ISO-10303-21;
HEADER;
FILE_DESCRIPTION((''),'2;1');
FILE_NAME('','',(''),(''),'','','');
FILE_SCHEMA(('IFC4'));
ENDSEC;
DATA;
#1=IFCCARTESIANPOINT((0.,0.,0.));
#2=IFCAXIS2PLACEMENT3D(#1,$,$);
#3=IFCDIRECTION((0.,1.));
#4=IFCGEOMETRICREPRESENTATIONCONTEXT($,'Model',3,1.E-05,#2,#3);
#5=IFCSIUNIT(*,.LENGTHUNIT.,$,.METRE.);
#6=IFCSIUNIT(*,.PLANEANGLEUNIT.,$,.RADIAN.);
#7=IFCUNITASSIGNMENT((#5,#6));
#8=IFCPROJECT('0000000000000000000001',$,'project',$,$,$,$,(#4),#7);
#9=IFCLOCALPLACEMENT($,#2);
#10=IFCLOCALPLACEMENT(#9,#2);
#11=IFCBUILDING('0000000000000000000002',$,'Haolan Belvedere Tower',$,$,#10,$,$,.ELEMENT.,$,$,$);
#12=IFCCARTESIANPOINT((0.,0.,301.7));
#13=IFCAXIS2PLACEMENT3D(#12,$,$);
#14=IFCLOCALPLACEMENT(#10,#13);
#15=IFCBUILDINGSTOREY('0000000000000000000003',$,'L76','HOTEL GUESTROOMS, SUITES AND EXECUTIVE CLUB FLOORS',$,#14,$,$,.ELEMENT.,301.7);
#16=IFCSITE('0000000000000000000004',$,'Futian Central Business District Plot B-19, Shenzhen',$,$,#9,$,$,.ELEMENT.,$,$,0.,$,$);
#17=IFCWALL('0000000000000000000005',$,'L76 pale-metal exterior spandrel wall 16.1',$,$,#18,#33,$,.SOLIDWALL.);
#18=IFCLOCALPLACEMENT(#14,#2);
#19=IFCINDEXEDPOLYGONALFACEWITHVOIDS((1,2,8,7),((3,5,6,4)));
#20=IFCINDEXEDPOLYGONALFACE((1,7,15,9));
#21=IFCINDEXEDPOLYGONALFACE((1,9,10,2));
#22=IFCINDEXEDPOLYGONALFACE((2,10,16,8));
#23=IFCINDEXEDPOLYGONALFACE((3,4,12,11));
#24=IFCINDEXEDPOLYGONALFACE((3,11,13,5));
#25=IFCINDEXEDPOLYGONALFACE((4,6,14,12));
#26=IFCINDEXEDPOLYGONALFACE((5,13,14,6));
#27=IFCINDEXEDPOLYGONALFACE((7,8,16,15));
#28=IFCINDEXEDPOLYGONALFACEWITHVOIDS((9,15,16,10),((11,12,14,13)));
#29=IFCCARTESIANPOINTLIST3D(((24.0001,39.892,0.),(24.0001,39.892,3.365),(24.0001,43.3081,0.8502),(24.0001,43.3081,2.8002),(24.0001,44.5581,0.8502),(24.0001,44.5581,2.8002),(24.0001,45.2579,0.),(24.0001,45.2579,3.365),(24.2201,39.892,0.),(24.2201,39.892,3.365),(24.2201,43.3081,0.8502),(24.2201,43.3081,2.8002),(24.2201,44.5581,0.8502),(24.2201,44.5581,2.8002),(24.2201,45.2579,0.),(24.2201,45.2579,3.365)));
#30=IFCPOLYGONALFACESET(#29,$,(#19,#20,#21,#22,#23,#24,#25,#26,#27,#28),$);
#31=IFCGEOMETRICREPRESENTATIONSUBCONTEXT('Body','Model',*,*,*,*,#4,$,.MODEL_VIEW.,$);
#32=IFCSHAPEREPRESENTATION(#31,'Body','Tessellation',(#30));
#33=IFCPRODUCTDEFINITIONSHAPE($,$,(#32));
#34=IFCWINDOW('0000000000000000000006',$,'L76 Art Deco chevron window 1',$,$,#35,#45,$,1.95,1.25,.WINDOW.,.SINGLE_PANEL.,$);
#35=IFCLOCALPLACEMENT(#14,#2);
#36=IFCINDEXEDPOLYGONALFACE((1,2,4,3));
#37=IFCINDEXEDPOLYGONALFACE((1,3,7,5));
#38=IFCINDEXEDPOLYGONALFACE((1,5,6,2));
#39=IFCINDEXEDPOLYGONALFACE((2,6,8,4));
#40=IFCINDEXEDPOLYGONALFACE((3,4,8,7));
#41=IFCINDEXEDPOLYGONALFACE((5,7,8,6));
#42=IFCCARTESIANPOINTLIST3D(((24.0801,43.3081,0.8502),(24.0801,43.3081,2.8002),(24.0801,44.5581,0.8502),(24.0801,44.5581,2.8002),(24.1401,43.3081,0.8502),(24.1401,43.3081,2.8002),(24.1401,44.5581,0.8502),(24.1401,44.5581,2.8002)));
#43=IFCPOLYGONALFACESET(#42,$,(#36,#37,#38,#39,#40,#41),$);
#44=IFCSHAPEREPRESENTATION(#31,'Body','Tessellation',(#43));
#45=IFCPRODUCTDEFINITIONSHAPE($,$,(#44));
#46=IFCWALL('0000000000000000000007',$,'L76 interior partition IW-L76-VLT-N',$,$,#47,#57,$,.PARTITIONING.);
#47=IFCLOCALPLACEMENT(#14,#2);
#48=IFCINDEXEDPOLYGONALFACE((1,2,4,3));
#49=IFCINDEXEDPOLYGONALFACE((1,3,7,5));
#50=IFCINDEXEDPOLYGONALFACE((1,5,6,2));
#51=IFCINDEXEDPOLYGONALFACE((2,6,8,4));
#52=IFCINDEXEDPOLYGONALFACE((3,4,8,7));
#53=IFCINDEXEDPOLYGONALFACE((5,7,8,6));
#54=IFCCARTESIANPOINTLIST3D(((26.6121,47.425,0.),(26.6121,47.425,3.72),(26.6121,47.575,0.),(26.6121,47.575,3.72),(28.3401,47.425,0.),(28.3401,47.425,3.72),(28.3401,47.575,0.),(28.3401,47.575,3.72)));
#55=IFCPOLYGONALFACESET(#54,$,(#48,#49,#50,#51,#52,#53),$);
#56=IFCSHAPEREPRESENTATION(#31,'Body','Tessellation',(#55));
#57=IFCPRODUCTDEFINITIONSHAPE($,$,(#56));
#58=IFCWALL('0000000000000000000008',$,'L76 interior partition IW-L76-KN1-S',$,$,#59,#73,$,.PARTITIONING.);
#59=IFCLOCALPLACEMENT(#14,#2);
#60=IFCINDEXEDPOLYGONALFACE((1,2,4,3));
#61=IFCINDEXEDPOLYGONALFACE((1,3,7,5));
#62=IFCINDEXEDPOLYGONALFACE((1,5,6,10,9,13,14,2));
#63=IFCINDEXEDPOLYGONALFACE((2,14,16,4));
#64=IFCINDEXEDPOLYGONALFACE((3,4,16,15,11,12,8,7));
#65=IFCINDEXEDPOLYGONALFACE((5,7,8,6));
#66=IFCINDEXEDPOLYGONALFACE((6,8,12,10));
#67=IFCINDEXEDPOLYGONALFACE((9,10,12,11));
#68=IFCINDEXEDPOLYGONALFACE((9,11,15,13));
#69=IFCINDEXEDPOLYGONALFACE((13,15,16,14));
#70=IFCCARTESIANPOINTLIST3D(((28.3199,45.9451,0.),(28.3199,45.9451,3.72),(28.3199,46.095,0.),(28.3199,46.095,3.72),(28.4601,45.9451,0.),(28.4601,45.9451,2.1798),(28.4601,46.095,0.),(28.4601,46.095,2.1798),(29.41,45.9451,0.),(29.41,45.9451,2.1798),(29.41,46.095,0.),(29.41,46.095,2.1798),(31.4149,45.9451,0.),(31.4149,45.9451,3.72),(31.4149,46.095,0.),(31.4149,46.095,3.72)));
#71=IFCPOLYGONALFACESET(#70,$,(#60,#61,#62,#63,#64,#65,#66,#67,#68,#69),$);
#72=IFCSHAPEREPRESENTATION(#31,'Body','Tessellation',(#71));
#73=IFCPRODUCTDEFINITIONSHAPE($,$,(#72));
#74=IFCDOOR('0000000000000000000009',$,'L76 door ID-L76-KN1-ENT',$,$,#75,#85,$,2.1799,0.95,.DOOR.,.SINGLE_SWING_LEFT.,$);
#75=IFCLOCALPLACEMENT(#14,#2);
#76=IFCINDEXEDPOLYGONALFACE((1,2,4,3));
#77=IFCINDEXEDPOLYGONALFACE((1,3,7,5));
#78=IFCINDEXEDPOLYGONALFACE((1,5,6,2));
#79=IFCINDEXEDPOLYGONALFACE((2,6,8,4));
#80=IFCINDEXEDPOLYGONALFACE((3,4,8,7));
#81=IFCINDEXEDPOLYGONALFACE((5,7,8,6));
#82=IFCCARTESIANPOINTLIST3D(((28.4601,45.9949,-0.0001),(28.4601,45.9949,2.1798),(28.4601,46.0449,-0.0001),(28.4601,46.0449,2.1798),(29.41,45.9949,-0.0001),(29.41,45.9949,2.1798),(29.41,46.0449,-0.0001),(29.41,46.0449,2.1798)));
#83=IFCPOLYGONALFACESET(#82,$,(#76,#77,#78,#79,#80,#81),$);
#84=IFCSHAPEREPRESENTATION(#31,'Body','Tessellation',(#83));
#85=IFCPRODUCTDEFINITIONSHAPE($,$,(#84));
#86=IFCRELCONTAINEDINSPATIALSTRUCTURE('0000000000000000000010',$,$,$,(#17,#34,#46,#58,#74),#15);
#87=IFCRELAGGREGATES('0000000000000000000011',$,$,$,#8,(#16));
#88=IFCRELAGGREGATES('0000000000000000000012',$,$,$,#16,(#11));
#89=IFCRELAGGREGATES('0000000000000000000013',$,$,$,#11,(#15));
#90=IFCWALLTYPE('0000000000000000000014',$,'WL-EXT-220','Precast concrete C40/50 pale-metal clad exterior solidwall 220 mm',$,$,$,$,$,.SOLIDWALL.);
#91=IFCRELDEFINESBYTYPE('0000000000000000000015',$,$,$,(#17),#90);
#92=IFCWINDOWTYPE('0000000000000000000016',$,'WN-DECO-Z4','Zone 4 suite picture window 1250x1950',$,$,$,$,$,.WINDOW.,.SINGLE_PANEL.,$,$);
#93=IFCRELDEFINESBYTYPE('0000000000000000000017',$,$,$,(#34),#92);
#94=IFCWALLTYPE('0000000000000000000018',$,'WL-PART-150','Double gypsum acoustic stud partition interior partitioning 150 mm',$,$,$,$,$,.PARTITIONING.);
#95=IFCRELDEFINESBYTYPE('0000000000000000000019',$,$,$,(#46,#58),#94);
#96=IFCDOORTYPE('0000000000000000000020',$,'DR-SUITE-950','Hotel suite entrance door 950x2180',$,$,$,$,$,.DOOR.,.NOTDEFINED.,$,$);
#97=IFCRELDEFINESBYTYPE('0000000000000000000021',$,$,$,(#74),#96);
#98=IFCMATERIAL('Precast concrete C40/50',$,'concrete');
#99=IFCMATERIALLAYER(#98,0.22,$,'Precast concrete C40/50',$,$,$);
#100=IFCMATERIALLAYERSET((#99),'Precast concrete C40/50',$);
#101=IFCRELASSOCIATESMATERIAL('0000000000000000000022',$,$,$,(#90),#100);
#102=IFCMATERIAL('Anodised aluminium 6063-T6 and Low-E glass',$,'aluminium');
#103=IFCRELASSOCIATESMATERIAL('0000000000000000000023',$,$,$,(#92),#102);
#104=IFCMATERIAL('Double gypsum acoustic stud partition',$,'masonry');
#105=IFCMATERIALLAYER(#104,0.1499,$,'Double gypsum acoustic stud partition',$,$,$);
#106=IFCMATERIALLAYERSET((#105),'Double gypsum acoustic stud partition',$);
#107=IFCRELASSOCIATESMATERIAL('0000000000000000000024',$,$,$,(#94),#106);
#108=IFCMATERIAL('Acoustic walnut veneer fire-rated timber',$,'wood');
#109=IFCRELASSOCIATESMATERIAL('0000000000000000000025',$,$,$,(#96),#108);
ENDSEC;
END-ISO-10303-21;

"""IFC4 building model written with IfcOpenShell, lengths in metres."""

from ifc_helpers import new_model, si_unit, direction, frame, frame_2d, origin, place, context, subcontext, project, spatial, rectangle, extrude, material, layer, layer_set, type_object, element, fill, save


model = new_model("IFC4")

# Units and contexts
model_context = context("Model", 3, precision=1e-05, world=origin(), true_north=direction((0.0, 1.0)))
body_context = subcontext(model_context, "Body", "Model", "MODEL_VIEW")
ifc_project = project(units=[si_unit("LENGTHUNIT", "METRE"), si_unit("PLANEANGLEUNIT", "RADIAN")], contexts=[model_context])

# Site, building, storey
site_placement = place(None, origin())
site = spatial("IfcSite", under=ifc_project, at=site_placement, Name="Futian Central Business District Plot B-19, Shenzhen", CompositionType="ELEMENT", RefElevation=0.0)
building_placement = place(site_placement, origin())
building = spatial("IfcBuilding", under=site, at=building_placement, Name="Haolan Belvedere Tower", CompositionType="ELEMENT")
storey_placement = place(building_placement, frame((0.0, 0.0, 301.7)))
storey = spatial("IfcBuildingStorey", under=building, at=storey_placement, Name="L76", Description="HOTEL GUESTROOMS, SUITES AND EXECUTIVE CLUB FLOORS", CompositionType="ELEMENT", Elevation=301.7)

# Shared definitions
ifc_material_1 = material(Name="Precast concrete C40/50", Category="concrete")
ifc_layer_1 = layer(ifc_material_1, 0.22, Name="Precast concrete C40/50")
ifc_layer_set_1 = layer_set([ifc_layer_1], Name="Precast concrete C40/50")
wall_type_1 = type_object("IfcWallType", Name="WL-EXT-220", Description="Precast concrete C40/50 pale-metal clad exterior solidwall 220 mm", PredefinedType="SOLIDWALL", material=ifc_layer_set_1)

# Wall, opening, window
wall_1_placement = place(storey_placement, frame((24.1101, 45.2581, 0.0), z_axis=(0.0, 0.0, 1.0), x_axis=(0.0, -1.0, 0.0)))
wall_1 = element("IfcWall", 1, at=wall_1_placement, inside=storey, type_object=wall_type_1, Name="L76 pale-metal exterior spandrel wall 16.1", PredefinedType="SOLIDWALL", context=body_context, shape_type="SweptSolid", body=[
    extrude(rectangle(XDim=5.366, YDim=0.22, at=frame_2d((2.6831, 0.0))), origin(), (0.0, 0.0, 1.0), 3.365),
])
opening_1_placement = place(wall_1_placement, frame((0.7, 0.0, 0.8501)))
opening_1 = element("IfcOpeningElement", 2, at=opening_1_placement, cuts=wall_1, PredefinedType="OPENING", context=body_context, shape_type="SweptSolid", body=[
    extrude(rectangle(XDim=1.25, YDim=1.95, at=frame_2d((0.625, 0.9751))), frame((0.0, 0.1199, 0.0), z_axis=(0.0, -1.0, 0.0), x_axis=(1.0, 0.0, 0.0)), (0.0, 0.0, 1.0), 0.24),
])
ifc_material_2 = material(Name="Anodised aluminium 6063-T6 and Low-E glass", Category="aluminium")
window_type = type_object("IfcWindowType", Name="WN-DECO-Z4", Description="Zone 4 suite picture window 1250x1950", PartitioningType="SINGLE_PANEL", PredefinedType="WINDOW", material=ifc_material_2)
window_placement = place(opening_1_placement, origin())
window = element("IfcWindow", 3, at=window_placement, inside=storey, type_object=window_type, Name="L76 Art Deco chevron window 1", OverallHeight=1.95, OverallWidth=1.25, PartitioningType="SINGLE_PANEL", PredefinedType="WINDOW", context=body_context, shape_type="SweptSolid", body=[
    extrude(rectangle(XDim=1.25, YDim=1.95, at=frame_2d((0.625, 0.9751))), frame((0.0, 0.03, 0.0), z_axis=(0.0, -1.0, 0.0), x_axis=(1.0, 0.0, 0.0)), (0.0, 0.0, 1.0), 0.0601),
])
fill(opening_1, window)

# Wall
ifc_material_3 = material(Name="Double gypsum acoustic stud partition", Category="masonry")
ifc_layer_2 = layer(ifc_material_3, 0.1499, Name="Double gypsum acoustic stud partition")
ifc_layer_set_2 = layer_set([ifc_layer_2], Name="Double gypsum acoustic stud partition")
wall_type_2 = type_object("IfcWallType", Name="WL-PART-150", Description="Double gypsum acoustic stud partition interior partitioning 150 mm", PredefinedType="PARTITIONING", material=ifc_layer_set_2)
wall_2_placement = place(storey_placement, frame((26.6121, 47.5, 0.0), z_axis=(0.0, 0.0, 1.0), x_axis=(1.0, 0.0, 0.0)))
element("IfcWall", 4, at=wall_2_placement, inside=storey, type_object=wall_type_2, Name="L76 interior partition IW-L76-VLT-N", PredefinedType="PARTITIONING", context=body_context, shape_type="SweptSolid", body=[
    extrude(rectangle(XDim=1.728, YDim=0.1499, at=frame_2d((0.864, 0.0))), origin(), (0.0, 0.0, 1.0), 3.72),
])

# Wall, opening, door
wall_3_placement = place(storey_placement, frame((28.3201, 46.02, 0.0), z_axis=(0.0, 0.0, 1.0), x_axis=(1.0, 0.0, 0.0)))
wall_3 = element("IfcWall", 5, at=wall_3_placement, inside=storey, type_object=wall_type_2, Name="L76 interior partition IW-L76-KN1-S", PredefinedType="PARTITIONING", context=body_context, shape_type="SweptSolid", body=[
    extrude(rectangle(XDim=3.095, YDim=0.1499, at=frame_2d((1.5474, 0.0))), origin(), (0.0, 0.0, 1.0), 3.72),
])
opening_2_placement = place(wall_3_placement, frame((0.1399, 0.0, 0.0)))
opening_2 = element("IfcOpeningElement", 6, at=opening_2_placement, cuts=wall_3, PredefinedType="OPENING", context=body_context, shape_type="SweptSolid", body=[
    extrude(rectangle(XDim=0.95, YDim=2.1799, at=frame_2d((0.4751, 1.0898))), frame((0.0, 0.085, 0.0), z_axis=(0.0, -1.0, 0.0), x_axis=(1.0, 0.0, 0.0)), (0.0, 0.0, 1.0), 0.1699),
])
ifc_material_4 = material(Name="Acoustic walnut veneer fire-rated timber", Category="wood")
door_type_1 = type_object("IfcDoorType", Name="DR-SUITE-950", Description="Hotel suite entrance door 950x2180", OperationType="NOTDEFINED", PredefinedType="DOOR", material=ifc_material_4)
door_1_placement = place(opening_2_placement, origin())
door_1 = element("IfcDoor", 7, at=door_1_placement, inside=storey, type_object=door_type_1, Name="L76 door ID-L76-KN1-ENT", OperationType="SINGLE_SWING_LEFT", OverallHeight=2.1799, OverallWidth=0.95, PredefinedType="DOOR", context=body_context, shape_type="SweptSolid", body=[
    extrude(rectangle(XDim=0.95, YDim=2.1799, at=frame_2d((0.4751, 1.0898))), frame((0.0, 0.0249, 0.0), z_axis=(0.0, -1.0, 0.0), x_axis=(1.0, 0.0, 0.0)), (0.0, 0.0, 1.0), 0.05),
])
fill(opening_2, door_1)

save(model, "model.ifc")
